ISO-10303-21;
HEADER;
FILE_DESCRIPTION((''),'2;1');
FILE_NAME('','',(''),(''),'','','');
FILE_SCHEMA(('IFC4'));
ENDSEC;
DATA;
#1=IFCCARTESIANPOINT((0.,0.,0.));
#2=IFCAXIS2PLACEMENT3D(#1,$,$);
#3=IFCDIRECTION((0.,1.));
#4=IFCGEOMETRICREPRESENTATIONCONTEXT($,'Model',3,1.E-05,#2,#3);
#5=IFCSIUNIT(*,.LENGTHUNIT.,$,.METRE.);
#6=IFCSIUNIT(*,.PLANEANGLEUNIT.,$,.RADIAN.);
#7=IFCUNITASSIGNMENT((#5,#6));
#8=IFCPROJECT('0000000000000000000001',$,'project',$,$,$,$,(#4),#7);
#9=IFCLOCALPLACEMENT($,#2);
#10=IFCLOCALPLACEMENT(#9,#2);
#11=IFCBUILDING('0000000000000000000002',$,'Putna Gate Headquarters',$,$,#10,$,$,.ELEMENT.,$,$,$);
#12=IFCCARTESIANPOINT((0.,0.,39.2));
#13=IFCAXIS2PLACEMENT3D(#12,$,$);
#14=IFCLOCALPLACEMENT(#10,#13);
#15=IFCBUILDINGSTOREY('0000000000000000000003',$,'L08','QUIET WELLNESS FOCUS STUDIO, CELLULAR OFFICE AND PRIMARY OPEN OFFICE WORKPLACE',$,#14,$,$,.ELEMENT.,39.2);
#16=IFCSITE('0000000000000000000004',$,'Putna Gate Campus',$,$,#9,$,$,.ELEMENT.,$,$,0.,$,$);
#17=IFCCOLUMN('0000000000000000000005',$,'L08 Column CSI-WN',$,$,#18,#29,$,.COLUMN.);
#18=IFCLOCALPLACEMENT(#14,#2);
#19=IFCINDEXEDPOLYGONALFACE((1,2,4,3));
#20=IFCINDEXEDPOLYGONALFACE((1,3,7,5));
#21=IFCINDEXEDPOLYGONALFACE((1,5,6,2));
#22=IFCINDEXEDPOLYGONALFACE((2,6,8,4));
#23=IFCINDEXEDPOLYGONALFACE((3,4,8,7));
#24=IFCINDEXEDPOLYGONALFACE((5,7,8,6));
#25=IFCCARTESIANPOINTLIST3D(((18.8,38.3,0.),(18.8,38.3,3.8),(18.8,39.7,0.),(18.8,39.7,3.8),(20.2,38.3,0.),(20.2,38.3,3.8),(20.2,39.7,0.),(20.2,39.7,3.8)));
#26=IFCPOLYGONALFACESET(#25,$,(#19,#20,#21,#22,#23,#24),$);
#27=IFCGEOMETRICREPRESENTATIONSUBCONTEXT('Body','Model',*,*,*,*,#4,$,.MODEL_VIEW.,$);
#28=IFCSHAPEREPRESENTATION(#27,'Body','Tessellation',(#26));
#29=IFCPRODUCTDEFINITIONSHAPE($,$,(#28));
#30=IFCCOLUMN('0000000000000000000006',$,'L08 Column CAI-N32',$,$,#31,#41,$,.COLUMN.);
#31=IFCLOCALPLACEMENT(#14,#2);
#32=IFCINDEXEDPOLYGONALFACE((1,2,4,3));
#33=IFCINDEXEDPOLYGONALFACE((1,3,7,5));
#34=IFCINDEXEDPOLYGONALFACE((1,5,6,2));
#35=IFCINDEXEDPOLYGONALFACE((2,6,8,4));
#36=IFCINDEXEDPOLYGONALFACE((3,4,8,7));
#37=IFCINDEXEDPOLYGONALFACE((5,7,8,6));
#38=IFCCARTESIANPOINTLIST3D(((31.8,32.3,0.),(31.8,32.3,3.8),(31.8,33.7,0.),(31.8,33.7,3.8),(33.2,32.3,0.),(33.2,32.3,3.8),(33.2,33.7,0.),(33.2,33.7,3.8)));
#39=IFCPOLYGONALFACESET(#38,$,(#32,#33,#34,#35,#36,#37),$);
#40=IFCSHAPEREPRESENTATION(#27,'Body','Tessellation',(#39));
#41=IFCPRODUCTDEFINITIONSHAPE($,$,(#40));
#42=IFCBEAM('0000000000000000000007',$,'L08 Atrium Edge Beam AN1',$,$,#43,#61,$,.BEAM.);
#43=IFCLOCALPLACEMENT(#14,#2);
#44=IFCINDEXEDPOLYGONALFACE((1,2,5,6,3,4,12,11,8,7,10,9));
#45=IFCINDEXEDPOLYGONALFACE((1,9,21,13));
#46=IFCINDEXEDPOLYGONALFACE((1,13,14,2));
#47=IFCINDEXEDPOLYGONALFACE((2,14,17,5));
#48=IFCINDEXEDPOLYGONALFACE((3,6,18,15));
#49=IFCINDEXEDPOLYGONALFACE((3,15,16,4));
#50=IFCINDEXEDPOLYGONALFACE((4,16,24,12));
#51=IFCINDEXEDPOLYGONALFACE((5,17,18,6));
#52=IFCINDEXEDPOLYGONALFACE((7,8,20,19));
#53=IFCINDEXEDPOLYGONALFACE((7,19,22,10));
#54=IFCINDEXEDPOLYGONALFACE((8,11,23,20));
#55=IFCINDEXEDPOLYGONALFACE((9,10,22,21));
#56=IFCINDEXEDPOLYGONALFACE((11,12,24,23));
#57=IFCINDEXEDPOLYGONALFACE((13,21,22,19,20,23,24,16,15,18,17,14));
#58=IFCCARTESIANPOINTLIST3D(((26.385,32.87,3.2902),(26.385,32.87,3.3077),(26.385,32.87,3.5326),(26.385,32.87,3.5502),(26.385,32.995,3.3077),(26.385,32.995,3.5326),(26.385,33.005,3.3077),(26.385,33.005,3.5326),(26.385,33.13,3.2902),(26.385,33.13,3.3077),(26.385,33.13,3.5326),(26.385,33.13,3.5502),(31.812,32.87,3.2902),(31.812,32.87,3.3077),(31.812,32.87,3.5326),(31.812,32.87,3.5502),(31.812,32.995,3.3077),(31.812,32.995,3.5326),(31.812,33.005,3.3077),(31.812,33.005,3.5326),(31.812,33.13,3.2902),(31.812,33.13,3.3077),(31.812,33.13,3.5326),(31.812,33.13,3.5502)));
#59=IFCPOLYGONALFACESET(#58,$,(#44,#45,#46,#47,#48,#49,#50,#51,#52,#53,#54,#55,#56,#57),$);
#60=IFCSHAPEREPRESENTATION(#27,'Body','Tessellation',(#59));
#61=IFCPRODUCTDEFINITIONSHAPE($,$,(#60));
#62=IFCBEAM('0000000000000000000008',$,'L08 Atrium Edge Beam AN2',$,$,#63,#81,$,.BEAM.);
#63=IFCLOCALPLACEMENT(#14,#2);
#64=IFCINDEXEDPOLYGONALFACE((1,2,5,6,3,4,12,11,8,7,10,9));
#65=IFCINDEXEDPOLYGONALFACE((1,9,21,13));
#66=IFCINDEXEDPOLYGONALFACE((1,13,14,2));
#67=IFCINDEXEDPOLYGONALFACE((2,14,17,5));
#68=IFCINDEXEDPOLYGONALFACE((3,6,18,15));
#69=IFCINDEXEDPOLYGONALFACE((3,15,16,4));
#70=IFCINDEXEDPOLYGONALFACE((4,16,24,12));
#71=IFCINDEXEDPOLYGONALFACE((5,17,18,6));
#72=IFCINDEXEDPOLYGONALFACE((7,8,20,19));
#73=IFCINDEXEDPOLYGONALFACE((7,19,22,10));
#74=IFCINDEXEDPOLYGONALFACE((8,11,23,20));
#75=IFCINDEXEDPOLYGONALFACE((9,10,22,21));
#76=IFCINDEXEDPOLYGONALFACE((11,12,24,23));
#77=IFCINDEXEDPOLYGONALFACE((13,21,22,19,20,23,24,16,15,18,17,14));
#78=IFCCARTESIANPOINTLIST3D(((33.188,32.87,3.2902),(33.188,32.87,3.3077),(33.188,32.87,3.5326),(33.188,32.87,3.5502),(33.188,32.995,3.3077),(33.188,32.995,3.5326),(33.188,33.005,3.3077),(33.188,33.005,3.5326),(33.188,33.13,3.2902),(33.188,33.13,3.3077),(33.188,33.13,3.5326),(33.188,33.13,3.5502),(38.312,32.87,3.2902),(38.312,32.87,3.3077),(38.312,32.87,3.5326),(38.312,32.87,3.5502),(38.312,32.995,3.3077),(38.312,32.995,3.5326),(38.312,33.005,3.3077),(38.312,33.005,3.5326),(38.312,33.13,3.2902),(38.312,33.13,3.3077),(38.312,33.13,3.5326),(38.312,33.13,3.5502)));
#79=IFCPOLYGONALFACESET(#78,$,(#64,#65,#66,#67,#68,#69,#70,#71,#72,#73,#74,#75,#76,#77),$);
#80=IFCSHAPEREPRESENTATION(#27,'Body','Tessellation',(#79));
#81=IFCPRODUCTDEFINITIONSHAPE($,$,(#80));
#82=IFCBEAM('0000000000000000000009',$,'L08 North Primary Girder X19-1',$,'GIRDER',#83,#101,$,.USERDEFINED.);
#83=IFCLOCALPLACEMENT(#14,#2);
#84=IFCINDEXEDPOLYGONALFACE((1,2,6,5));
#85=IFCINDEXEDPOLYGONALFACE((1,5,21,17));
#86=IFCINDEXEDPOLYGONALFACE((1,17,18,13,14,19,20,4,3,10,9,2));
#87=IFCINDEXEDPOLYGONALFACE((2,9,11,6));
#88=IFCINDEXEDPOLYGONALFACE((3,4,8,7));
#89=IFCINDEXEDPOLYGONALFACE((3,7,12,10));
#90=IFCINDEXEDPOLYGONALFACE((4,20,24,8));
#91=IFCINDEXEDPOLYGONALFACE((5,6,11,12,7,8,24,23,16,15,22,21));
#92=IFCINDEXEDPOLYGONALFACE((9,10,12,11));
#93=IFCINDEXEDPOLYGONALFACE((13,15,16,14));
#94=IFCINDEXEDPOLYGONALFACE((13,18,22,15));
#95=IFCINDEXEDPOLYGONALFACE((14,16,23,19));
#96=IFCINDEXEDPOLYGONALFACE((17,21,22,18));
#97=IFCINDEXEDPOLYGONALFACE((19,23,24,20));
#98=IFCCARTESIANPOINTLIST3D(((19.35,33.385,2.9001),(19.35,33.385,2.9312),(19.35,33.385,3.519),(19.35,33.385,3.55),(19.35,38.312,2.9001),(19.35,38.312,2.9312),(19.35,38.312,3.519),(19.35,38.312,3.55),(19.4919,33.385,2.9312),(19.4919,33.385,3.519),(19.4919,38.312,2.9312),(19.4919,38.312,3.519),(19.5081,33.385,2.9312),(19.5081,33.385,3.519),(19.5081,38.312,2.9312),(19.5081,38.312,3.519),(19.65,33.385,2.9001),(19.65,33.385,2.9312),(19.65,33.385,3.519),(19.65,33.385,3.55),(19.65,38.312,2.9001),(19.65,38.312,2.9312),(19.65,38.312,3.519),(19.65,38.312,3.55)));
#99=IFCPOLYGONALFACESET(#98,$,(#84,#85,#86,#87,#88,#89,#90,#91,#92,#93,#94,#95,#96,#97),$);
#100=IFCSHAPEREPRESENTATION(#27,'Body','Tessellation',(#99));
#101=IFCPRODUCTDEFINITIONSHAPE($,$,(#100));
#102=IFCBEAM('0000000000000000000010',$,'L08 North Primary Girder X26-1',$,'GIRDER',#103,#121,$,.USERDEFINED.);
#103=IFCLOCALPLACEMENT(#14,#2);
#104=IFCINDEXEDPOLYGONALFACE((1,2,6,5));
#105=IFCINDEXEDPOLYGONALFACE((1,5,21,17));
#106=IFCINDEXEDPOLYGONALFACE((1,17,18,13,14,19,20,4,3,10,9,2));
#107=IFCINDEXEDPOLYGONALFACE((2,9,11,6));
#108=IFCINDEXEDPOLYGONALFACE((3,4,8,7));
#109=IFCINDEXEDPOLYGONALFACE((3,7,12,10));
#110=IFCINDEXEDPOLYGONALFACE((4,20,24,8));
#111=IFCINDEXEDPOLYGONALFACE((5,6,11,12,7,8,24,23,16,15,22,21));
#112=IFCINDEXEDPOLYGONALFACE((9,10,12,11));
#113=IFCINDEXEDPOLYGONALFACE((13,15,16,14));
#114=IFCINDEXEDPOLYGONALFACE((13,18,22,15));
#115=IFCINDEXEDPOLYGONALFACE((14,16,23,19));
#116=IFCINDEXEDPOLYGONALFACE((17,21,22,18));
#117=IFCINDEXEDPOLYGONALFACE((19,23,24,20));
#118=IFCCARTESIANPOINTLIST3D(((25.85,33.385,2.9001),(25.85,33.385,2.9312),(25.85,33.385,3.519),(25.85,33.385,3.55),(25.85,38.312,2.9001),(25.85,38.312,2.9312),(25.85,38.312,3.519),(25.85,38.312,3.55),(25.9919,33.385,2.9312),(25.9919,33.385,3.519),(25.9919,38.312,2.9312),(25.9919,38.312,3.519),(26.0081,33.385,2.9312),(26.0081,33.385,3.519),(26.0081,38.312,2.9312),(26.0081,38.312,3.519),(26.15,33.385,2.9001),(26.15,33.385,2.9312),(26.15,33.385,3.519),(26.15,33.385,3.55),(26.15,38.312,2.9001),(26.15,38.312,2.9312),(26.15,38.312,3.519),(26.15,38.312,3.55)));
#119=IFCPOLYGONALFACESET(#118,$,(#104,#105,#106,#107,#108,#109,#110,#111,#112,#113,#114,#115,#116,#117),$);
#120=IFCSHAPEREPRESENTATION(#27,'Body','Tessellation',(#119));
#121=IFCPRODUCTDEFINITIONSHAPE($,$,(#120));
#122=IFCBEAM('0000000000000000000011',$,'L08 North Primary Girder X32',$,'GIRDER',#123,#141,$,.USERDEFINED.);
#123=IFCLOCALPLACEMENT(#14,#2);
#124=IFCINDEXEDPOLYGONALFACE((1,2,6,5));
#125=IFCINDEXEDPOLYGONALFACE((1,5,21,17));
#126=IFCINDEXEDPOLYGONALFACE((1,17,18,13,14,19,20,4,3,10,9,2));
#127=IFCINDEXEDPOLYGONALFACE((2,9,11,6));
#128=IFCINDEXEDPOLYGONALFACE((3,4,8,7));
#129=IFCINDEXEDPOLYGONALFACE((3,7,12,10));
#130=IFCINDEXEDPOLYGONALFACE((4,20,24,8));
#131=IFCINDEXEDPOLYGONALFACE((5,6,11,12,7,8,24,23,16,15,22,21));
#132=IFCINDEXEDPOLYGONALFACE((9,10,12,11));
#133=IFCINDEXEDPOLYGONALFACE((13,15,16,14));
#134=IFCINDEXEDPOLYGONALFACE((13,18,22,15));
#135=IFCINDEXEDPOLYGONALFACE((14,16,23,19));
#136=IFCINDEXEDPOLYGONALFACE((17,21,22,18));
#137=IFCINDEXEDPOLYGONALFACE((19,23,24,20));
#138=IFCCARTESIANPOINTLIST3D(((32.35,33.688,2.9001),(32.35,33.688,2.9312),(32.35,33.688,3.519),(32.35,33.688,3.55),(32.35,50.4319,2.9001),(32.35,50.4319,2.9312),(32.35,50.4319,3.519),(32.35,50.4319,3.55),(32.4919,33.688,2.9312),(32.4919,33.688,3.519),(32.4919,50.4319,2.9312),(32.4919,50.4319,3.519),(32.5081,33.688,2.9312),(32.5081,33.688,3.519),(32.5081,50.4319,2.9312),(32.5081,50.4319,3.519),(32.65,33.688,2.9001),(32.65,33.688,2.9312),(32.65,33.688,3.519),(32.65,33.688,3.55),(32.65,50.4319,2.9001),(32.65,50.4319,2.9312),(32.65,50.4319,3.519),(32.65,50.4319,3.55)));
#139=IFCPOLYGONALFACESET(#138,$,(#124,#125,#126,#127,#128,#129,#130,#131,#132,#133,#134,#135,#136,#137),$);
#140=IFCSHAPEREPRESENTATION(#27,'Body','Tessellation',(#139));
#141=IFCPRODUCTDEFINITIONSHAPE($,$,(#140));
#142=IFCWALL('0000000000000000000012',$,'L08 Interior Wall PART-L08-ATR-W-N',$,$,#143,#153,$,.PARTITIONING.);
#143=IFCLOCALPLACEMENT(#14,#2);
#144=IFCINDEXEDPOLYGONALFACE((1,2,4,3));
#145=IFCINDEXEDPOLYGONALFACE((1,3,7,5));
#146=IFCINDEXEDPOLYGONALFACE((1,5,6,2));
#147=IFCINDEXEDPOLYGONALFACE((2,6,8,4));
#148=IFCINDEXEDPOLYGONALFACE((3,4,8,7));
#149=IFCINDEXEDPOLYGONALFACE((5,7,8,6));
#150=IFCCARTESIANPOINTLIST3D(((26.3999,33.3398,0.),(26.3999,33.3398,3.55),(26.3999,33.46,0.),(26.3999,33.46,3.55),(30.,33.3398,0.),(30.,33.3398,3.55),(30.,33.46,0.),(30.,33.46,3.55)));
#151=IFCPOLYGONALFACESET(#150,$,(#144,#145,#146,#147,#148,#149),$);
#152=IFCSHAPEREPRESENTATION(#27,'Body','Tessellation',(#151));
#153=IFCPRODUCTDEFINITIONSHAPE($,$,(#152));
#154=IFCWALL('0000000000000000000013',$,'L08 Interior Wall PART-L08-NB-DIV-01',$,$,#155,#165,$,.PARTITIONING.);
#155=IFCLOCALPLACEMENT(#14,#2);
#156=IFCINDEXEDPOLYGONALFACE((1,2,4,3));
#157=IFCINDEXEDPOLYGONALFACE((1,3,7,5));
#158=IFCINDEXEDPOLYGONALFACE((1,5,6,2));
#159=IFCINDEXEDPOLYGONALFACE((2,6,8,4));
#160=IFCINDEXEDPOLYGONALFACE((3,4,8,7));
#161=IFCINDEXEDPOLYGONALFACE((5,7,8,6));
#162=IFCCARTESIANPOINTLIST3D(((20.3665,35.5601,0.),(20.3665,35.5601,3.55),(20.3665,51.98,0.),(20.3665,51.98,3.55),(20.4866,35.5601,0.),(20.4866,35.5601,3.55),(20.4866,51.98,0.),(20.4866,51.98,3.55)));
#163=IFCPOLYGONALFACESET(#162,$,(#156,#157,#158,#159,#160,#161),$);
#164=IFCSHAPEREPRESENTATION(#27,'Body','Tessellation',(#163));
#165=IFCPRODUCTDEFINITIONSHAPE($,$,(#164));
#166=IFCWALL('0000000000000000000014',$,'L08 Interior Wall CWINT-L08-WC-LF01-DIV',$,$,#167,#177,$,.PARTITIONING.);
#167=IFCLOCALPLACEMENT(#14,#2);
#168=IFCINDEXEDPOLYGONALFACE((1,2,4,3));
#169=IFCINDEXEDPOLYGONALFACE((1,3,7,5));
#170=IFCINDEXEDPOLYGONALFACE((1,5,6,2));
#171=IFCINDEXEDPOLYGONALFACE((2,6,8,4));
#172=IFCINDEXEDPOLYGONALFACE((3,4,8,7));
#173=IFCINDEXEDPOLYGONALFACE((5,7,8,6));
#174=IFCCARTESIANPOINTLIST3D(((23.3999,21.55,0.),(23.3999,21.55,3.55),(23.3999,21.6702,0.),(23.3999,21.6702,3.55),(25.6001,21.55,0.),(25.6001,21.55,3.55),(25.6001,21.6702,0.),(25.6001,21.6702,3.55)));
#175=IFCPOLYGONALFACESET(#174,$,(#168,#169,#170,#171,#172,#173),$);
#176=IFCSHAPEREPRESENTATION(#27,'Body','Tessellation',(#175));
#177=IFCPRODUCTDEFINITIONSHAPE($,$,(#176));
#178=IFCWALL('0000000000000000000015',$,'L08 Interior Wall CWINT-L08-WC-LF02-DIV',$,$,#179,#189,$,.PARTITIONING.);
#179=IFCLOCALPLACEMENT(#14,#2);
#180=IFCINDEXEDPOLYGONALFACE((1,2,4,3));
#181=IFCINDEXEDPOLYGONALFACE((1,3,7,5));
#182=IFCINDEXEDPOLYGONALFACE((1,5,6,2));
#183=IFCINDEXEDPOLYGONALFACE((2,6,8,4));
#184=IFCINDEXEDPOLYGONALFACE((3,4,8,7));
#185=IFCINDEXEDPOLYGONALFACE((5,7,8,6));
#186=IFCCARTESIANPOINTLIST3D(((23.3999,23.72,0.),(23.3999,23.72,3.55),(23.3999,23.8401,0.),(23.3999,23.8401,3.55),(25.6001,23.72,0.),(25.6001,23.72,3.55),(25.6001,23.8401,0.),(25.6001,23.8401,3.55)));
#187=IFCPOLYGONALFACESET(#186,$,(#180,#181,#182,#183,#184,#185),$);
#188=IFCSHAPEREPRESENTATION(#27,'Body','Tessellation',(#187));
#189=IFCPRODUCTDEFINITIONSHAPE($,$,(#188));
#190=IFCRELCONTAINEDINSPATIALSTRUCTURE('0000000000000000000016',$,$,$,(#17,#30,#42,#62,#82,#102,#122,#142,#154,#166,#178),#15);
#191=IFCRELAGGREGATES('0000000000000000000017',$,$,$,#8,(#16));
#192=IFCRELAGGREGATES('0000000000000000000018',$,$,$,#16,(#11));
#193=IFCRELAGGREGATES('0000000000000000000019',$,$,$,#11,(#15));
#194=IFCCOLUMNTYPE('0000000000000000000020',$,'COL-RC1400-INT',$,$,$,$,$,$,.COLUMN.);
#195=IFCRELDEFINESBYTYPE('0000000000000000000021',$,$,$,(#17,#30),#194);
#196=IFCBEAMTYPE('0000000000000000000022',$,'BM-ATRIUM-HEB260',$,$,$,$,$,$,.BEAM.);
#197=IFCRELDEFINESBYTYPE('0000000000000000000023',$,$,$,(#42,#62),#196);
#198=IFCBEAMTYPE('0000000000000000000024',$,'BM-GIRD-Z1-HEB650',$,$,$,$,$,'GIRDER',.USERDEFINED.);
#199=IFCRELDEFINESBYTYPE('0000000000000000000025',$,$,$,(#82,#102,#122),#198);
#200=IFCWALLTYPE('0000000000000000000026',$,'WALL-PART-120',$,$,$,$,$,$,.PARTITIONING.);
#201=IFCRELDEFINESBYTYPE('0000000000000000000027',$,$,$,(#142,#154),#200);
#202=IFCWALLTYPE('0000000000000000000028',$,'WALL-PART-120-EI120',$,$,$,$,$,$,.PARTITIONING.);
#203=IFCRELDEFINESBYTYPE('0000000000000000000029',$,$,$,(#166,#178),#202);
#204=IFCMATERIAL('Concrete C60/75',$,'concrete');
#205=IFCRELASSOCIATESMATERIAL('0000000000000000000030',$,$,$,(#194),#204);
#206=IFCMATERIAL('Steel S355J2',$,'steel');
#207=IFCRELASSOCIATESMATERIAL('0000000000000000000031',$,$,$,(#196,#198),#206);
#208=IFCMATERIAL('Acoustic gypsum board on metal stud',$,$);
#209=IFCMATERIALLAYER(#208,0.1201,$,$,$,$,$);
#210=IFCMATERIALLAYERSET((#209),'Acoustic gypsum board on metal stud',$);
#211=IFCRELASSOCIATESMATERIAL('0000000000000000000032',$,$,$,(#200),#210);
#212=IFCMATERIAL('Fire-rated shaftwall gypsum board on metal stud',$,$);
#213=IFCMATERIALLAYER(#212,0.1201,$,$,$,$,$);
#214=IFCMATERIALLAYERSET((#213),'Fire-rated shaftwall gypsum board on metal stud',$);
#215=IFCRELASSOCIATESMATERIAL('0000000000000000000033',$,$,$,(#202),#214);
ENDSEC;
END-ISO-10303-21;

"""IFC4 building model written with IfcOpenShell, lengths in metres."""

from ifc_helpers import new_model, si_unit, direction, frame, frame_2d, origin, origin_2d, place, context, subcontext, project, spatial, rectangle, i_section, extrude, material, layer, layer_set, material_profile, profile_set, type_object, element, save


model = new_model("IFC4")

# Units and contexts
model_context = context("Model", 3, precision=1e-05, world=origin(), true_north=direction((0.0, 1.0)))
body_context = subcontext(model_context, "Body", "Model", "MODEL_VIEW")
ifc_project = project(units=[si_unit("LENGTHUNIT", "METRE"), si_unit("PLANEANGLEUNIT", "RADIAN")], contexts=[model_context])

# Site, building, storey
site_placement = place(None, origin())
site = spatial("IfcSite", under=ifc_project, at=site_placement, Name="Putna Gate Campus", CompositionType="ELEMENT", RefElevation=0.0)
building_placement = place(site_placement, origin())
building = spatial("IfcBuilding", under=site, at=building_placement, Name="Putna Gate Headquarters", CompositionType="ELEMENT")
storey_placement = place(building_placement, frame((0.0, 0.0, 39.2)))
storey = spatial("IfcBuildingStorey", under=building, at=storey_placement, Name="L08", Description="QUIET WELLNESS FOCUS STUDIO, CELLULAR OFFICE AND PRIMARY OPEN OFFICE WORKPLACE", CompositionType="ELEMENT", Elevation=39.2)

# Columns
ifc_material_1 = material(Name="Concrete C60/75", Category="concrete")
ifc_material_profile_1 = material_profile(ifc_material_1, rectangle(XDim=1.3999, YDim=1.3999, at=origin_2d()), Name="Concrete C60/75")
ifc_profile_set_1 = profile_set([ifc_material_profile_1], Name="Concrete C60/75")
column_type = type_object("IfcColumnType", Name="COL-RC1400-INT", PredefinedType="COLUMN", material=ifc_profile_set_1)
for number, where, z_axis, x_axis, name in (
    (1, (19.5, 39.0, 0.0), (0.0, 0.0, 1.0), (1.0, 0.0, 0.0), "L08 Column CSI-WN"),
    (2, (32.5, 33.0, 0.0), (0.0, 0.0, 1.0), (1.0, 0.0, 0.0), "L08 Column CAI-N32"),
):
    element("IfcColumn", number, at=place(storey_placement, frame(where, z_axis=z_axis, x_axis=x_axis)), inside=storey, type_object=column_type, Name=name, PredefinedType="COLUMN", context=body_context, shape_type="SweptSolid", body=[
        extrude(rectangle(XDim=1.3999, YDim=1.3999, at=origin_2d()), origin(), (0.0, 0.0, 1.0), 3.8),
    ])

# Beams
ifc_material_2 = material(Name="Steel S355J2", Category="steel")
ifc_material_profile_2 = material_profile(ifc_material_2, i_section(OverallWidth=0.26, OverallDepth=0.26, WebThickness=0.01, FlangeThickness=0.0176, at=origin_2d()), Name="Steel S355J2")
ifc_profile_set_2 = profile_set([ifc_material_profile_2], Name="Steel S355J2")
beam_type_1 = type_object("IfcBeamType", Name="BM-ATRIUM-HEB260", PredefinedType="BEAM", material=ifc_profile_set_2)
beam_1_placement = place(storey_placement, frame((26.385, 33.0, 3.4202), z_axis=(1.0, 0.0, 0.0), x_axis=(0.0, 1.0, 0.0)))
element("IfcBeam", 3, at=beam_1_placement, inside=storey, type_object=beam_type_1, Name="L08 Atrium Edge Beam AN1", PredefinedType="BEAM", context=body_context, shape_type="SweptSolid", body=[
    extrude(i_section(OverallWidth=0.26, OverallDepth=0.26, WebThickness=0.01, FlangeThickness=0.0176, at=origin_2d()), origin(), (0.0, 0.0, 1.0), 5.427),
])
beam_2_placement = place(storey_placement, frame((33.188, 33.0, 3.4202), z_axis=(1.0, 0.0, 0.0), x_axis=(0.0, 1.0, 0.0)))
element("IfcBeam", 4, at=beam_2_placement, inside=storey, type_object=beam_type_1, Name="L08 Atrium Edge Beam AN2", PredefinedType="BEAM", context=body_context, shape_type="SweptSolid", body=[
    extrude(i_section(OverallWidth=0.26, OverallDepth=0.26, WebThickness=0.01, FlangeThickness=0.0176, at=origin_2d()), origin(), (0.0, 0.0, 1.0), 5.124),
])
ifc_material_profile_3 = material_profile(ifc_material_2, i_section(OverallWidth=0.3, OverallDepth=0.6499, WebThickness=0.0161, FlangeThickness=0.031, at=origin_2d()), Name="Steel S355J2")
ifc_profile_set_3 = profile_set([ifc_material_profile_3], Name="Steel S355J2")
beam_type_2 = type_object("IfcBeamType", Name="BM-GIRD-Z1-HEB650", ElementType="GIRDER", PredefinedType="USERDEFINED", material=ifc_profile_set_3)
for number, where, z_axis, x_axis, name in (
    (5, (19.5, 33.385, 3.2251), (0.0, 1.0, 0.0), (-1.0, 0.0, 0.0), "L08 North Primary Girder X19-1"),
    (6, (26.0, 33.385, 3.2251), (0.0, 1.0, 0.0), (-1.0, 0.0, 0.0), "L08 North Primary Girder X26-1"),
):
    element("IfcBeam", number, at=place(storey_placement, frame(where, z_axis=z_axis, x_axis=x_axis)), inside=storey, type_object=beam_type_2, Name=name, ObjectType="GIRDER", PredefinedType="USERDEFINED", context=body_context, shape_type="SweptSolid", body=[
        extrude(i_section(OverallWidth=0.3, OverallDepth=0.6499, WebThickness=0.0161, FlangeThickness=0.031, at=origin_2d()), origin(), (0.0, 0.0, 1.0), 4.927),
    ])
beam_3_placement = place(storey_placement, frame((32.5, 33.688, 3.2251), z_axis=(0.0, 1.0, 0.0), x_axis=(-1.0, 0.0, 0.0)))
element("IfcBeam", 7, at=beam_3_placement, inside=storey, type_object=beam_type_2, Name="L08 North Primary Girder X32", ObjectType="GIRDER", PredefinedType="USERDEFINED", context=body_context, shape_type="SweptSolid", body=[
    extrude(i_section(OverallWidth=0.3, OverallDepth=0.6499, WebThickness=0.0161, FlangeThickness=0.031, at=origin_2d()), origin(), (0.0, 0.0, 1.0), 16.7439),
])

# Walls
ifc_material_3 = material(Name="Acoustic gypsum board on metal stud")
ifc_layer_1 = layer(ifc_material_3, 0.1201)
ifc_layer_set_1 = layer_set([ifc_layer_1], Name="Acoustic gypsum board on metal stud")
wall_type_1 = type_object("IfcWallType", Name="WALL-PART-120", PredefinedType="PARTITIONING", material=ifc_layer_set_1)
wall_1_placement = place(storey_placement, frame((26.3999, 33.3999, 0.0), z_axis=(0.0, 0.0, 1.0), x_axis=(1.0, 0.0, 0.0)))
element("IfcWall", 8, at=wall_1_placement, inside=storey, type_object=wall_type_1, Name="L08 Interior Wall PART-L08-ATR-W-N", PredefinedType="PARTITIONING", context=body_context, shape_type="SweptSolid", body=[
    extrude(rectangle(XDim=3.6001, YDim=0.1201, at=frame_2d((1.8, 0.0))), origin(), (0.0, 0.0, 1.0), 3.55),
])
wall_2_placement = place(storey_placement, frame((20.4265, 35.5601, 0.0), z_axis=(0.0, 0.0, 1.0), x_axis=(0.0, 1.0, 0.0)))
element("IfcWall", 9, at=wall_2_placement, inside=storey, type_object=wall_type_1, Name="L08 Interior Wall PART-L08-NB-DIV-01", PredefinedType="PARTITIONING", context=body_context, shape_type="SweptSolid", body=[
    extrude(rectangle(XDim=16.4199, YDim=0.1201, at=frame_2d((8.21, 0.0))), origin(), (0.0, 0.0, 1.0), 3.55),
])
ifc_material_4 = material(Name="Fire-rated shaftwall gypsum board on metal stud")
ifc_layer_2 = layer(ifc_material_4, 0.1201)
ifc_layer_set_2 = layer_set([ifc_layer_2], Name="Fire-rated shaftwall gypsum board on metal stud")
wall_type_2 = type_object("IfcWallType", Name="WALL-PART-120-EI120", PredefinedType="PARTITIONING", material=ifc_layer_set_2)
for number, where, z_axis, x_axis, name in (
    (10, (23.3999, 21.6101, 0.0), (0.0, 0.0, 1.0), (1.0, 0.0, 0.0), "L08 Interior Wall CWINT-L08-WC-LF01-DIV"),
    (11, (23.3999, 23.78, 0.0), (0.0, 0.0, 1.0), (1.0, 0.0, 0.0), "L08 Interior Wall CWINT-L08-WC-LF02-DIV"),
):
    element("IfcWall", number, at=place(storey_placement, frame(where, z_axis=z_axis, x_axis=x_axis)), inside=storey, type_object=wall_type_2, Name=name, PredefinedType="PARTITIONING", context=body_context, shape_type="SweptSolid", body=[
        extrude(rectangle(XDim=2.2002, YDim=0.1201, at=frame_2d((1.1001, 0.0))), origin(), (0.0, 0.0, 1.0), 3.55),
    ])

save(model, "model.ifc")
